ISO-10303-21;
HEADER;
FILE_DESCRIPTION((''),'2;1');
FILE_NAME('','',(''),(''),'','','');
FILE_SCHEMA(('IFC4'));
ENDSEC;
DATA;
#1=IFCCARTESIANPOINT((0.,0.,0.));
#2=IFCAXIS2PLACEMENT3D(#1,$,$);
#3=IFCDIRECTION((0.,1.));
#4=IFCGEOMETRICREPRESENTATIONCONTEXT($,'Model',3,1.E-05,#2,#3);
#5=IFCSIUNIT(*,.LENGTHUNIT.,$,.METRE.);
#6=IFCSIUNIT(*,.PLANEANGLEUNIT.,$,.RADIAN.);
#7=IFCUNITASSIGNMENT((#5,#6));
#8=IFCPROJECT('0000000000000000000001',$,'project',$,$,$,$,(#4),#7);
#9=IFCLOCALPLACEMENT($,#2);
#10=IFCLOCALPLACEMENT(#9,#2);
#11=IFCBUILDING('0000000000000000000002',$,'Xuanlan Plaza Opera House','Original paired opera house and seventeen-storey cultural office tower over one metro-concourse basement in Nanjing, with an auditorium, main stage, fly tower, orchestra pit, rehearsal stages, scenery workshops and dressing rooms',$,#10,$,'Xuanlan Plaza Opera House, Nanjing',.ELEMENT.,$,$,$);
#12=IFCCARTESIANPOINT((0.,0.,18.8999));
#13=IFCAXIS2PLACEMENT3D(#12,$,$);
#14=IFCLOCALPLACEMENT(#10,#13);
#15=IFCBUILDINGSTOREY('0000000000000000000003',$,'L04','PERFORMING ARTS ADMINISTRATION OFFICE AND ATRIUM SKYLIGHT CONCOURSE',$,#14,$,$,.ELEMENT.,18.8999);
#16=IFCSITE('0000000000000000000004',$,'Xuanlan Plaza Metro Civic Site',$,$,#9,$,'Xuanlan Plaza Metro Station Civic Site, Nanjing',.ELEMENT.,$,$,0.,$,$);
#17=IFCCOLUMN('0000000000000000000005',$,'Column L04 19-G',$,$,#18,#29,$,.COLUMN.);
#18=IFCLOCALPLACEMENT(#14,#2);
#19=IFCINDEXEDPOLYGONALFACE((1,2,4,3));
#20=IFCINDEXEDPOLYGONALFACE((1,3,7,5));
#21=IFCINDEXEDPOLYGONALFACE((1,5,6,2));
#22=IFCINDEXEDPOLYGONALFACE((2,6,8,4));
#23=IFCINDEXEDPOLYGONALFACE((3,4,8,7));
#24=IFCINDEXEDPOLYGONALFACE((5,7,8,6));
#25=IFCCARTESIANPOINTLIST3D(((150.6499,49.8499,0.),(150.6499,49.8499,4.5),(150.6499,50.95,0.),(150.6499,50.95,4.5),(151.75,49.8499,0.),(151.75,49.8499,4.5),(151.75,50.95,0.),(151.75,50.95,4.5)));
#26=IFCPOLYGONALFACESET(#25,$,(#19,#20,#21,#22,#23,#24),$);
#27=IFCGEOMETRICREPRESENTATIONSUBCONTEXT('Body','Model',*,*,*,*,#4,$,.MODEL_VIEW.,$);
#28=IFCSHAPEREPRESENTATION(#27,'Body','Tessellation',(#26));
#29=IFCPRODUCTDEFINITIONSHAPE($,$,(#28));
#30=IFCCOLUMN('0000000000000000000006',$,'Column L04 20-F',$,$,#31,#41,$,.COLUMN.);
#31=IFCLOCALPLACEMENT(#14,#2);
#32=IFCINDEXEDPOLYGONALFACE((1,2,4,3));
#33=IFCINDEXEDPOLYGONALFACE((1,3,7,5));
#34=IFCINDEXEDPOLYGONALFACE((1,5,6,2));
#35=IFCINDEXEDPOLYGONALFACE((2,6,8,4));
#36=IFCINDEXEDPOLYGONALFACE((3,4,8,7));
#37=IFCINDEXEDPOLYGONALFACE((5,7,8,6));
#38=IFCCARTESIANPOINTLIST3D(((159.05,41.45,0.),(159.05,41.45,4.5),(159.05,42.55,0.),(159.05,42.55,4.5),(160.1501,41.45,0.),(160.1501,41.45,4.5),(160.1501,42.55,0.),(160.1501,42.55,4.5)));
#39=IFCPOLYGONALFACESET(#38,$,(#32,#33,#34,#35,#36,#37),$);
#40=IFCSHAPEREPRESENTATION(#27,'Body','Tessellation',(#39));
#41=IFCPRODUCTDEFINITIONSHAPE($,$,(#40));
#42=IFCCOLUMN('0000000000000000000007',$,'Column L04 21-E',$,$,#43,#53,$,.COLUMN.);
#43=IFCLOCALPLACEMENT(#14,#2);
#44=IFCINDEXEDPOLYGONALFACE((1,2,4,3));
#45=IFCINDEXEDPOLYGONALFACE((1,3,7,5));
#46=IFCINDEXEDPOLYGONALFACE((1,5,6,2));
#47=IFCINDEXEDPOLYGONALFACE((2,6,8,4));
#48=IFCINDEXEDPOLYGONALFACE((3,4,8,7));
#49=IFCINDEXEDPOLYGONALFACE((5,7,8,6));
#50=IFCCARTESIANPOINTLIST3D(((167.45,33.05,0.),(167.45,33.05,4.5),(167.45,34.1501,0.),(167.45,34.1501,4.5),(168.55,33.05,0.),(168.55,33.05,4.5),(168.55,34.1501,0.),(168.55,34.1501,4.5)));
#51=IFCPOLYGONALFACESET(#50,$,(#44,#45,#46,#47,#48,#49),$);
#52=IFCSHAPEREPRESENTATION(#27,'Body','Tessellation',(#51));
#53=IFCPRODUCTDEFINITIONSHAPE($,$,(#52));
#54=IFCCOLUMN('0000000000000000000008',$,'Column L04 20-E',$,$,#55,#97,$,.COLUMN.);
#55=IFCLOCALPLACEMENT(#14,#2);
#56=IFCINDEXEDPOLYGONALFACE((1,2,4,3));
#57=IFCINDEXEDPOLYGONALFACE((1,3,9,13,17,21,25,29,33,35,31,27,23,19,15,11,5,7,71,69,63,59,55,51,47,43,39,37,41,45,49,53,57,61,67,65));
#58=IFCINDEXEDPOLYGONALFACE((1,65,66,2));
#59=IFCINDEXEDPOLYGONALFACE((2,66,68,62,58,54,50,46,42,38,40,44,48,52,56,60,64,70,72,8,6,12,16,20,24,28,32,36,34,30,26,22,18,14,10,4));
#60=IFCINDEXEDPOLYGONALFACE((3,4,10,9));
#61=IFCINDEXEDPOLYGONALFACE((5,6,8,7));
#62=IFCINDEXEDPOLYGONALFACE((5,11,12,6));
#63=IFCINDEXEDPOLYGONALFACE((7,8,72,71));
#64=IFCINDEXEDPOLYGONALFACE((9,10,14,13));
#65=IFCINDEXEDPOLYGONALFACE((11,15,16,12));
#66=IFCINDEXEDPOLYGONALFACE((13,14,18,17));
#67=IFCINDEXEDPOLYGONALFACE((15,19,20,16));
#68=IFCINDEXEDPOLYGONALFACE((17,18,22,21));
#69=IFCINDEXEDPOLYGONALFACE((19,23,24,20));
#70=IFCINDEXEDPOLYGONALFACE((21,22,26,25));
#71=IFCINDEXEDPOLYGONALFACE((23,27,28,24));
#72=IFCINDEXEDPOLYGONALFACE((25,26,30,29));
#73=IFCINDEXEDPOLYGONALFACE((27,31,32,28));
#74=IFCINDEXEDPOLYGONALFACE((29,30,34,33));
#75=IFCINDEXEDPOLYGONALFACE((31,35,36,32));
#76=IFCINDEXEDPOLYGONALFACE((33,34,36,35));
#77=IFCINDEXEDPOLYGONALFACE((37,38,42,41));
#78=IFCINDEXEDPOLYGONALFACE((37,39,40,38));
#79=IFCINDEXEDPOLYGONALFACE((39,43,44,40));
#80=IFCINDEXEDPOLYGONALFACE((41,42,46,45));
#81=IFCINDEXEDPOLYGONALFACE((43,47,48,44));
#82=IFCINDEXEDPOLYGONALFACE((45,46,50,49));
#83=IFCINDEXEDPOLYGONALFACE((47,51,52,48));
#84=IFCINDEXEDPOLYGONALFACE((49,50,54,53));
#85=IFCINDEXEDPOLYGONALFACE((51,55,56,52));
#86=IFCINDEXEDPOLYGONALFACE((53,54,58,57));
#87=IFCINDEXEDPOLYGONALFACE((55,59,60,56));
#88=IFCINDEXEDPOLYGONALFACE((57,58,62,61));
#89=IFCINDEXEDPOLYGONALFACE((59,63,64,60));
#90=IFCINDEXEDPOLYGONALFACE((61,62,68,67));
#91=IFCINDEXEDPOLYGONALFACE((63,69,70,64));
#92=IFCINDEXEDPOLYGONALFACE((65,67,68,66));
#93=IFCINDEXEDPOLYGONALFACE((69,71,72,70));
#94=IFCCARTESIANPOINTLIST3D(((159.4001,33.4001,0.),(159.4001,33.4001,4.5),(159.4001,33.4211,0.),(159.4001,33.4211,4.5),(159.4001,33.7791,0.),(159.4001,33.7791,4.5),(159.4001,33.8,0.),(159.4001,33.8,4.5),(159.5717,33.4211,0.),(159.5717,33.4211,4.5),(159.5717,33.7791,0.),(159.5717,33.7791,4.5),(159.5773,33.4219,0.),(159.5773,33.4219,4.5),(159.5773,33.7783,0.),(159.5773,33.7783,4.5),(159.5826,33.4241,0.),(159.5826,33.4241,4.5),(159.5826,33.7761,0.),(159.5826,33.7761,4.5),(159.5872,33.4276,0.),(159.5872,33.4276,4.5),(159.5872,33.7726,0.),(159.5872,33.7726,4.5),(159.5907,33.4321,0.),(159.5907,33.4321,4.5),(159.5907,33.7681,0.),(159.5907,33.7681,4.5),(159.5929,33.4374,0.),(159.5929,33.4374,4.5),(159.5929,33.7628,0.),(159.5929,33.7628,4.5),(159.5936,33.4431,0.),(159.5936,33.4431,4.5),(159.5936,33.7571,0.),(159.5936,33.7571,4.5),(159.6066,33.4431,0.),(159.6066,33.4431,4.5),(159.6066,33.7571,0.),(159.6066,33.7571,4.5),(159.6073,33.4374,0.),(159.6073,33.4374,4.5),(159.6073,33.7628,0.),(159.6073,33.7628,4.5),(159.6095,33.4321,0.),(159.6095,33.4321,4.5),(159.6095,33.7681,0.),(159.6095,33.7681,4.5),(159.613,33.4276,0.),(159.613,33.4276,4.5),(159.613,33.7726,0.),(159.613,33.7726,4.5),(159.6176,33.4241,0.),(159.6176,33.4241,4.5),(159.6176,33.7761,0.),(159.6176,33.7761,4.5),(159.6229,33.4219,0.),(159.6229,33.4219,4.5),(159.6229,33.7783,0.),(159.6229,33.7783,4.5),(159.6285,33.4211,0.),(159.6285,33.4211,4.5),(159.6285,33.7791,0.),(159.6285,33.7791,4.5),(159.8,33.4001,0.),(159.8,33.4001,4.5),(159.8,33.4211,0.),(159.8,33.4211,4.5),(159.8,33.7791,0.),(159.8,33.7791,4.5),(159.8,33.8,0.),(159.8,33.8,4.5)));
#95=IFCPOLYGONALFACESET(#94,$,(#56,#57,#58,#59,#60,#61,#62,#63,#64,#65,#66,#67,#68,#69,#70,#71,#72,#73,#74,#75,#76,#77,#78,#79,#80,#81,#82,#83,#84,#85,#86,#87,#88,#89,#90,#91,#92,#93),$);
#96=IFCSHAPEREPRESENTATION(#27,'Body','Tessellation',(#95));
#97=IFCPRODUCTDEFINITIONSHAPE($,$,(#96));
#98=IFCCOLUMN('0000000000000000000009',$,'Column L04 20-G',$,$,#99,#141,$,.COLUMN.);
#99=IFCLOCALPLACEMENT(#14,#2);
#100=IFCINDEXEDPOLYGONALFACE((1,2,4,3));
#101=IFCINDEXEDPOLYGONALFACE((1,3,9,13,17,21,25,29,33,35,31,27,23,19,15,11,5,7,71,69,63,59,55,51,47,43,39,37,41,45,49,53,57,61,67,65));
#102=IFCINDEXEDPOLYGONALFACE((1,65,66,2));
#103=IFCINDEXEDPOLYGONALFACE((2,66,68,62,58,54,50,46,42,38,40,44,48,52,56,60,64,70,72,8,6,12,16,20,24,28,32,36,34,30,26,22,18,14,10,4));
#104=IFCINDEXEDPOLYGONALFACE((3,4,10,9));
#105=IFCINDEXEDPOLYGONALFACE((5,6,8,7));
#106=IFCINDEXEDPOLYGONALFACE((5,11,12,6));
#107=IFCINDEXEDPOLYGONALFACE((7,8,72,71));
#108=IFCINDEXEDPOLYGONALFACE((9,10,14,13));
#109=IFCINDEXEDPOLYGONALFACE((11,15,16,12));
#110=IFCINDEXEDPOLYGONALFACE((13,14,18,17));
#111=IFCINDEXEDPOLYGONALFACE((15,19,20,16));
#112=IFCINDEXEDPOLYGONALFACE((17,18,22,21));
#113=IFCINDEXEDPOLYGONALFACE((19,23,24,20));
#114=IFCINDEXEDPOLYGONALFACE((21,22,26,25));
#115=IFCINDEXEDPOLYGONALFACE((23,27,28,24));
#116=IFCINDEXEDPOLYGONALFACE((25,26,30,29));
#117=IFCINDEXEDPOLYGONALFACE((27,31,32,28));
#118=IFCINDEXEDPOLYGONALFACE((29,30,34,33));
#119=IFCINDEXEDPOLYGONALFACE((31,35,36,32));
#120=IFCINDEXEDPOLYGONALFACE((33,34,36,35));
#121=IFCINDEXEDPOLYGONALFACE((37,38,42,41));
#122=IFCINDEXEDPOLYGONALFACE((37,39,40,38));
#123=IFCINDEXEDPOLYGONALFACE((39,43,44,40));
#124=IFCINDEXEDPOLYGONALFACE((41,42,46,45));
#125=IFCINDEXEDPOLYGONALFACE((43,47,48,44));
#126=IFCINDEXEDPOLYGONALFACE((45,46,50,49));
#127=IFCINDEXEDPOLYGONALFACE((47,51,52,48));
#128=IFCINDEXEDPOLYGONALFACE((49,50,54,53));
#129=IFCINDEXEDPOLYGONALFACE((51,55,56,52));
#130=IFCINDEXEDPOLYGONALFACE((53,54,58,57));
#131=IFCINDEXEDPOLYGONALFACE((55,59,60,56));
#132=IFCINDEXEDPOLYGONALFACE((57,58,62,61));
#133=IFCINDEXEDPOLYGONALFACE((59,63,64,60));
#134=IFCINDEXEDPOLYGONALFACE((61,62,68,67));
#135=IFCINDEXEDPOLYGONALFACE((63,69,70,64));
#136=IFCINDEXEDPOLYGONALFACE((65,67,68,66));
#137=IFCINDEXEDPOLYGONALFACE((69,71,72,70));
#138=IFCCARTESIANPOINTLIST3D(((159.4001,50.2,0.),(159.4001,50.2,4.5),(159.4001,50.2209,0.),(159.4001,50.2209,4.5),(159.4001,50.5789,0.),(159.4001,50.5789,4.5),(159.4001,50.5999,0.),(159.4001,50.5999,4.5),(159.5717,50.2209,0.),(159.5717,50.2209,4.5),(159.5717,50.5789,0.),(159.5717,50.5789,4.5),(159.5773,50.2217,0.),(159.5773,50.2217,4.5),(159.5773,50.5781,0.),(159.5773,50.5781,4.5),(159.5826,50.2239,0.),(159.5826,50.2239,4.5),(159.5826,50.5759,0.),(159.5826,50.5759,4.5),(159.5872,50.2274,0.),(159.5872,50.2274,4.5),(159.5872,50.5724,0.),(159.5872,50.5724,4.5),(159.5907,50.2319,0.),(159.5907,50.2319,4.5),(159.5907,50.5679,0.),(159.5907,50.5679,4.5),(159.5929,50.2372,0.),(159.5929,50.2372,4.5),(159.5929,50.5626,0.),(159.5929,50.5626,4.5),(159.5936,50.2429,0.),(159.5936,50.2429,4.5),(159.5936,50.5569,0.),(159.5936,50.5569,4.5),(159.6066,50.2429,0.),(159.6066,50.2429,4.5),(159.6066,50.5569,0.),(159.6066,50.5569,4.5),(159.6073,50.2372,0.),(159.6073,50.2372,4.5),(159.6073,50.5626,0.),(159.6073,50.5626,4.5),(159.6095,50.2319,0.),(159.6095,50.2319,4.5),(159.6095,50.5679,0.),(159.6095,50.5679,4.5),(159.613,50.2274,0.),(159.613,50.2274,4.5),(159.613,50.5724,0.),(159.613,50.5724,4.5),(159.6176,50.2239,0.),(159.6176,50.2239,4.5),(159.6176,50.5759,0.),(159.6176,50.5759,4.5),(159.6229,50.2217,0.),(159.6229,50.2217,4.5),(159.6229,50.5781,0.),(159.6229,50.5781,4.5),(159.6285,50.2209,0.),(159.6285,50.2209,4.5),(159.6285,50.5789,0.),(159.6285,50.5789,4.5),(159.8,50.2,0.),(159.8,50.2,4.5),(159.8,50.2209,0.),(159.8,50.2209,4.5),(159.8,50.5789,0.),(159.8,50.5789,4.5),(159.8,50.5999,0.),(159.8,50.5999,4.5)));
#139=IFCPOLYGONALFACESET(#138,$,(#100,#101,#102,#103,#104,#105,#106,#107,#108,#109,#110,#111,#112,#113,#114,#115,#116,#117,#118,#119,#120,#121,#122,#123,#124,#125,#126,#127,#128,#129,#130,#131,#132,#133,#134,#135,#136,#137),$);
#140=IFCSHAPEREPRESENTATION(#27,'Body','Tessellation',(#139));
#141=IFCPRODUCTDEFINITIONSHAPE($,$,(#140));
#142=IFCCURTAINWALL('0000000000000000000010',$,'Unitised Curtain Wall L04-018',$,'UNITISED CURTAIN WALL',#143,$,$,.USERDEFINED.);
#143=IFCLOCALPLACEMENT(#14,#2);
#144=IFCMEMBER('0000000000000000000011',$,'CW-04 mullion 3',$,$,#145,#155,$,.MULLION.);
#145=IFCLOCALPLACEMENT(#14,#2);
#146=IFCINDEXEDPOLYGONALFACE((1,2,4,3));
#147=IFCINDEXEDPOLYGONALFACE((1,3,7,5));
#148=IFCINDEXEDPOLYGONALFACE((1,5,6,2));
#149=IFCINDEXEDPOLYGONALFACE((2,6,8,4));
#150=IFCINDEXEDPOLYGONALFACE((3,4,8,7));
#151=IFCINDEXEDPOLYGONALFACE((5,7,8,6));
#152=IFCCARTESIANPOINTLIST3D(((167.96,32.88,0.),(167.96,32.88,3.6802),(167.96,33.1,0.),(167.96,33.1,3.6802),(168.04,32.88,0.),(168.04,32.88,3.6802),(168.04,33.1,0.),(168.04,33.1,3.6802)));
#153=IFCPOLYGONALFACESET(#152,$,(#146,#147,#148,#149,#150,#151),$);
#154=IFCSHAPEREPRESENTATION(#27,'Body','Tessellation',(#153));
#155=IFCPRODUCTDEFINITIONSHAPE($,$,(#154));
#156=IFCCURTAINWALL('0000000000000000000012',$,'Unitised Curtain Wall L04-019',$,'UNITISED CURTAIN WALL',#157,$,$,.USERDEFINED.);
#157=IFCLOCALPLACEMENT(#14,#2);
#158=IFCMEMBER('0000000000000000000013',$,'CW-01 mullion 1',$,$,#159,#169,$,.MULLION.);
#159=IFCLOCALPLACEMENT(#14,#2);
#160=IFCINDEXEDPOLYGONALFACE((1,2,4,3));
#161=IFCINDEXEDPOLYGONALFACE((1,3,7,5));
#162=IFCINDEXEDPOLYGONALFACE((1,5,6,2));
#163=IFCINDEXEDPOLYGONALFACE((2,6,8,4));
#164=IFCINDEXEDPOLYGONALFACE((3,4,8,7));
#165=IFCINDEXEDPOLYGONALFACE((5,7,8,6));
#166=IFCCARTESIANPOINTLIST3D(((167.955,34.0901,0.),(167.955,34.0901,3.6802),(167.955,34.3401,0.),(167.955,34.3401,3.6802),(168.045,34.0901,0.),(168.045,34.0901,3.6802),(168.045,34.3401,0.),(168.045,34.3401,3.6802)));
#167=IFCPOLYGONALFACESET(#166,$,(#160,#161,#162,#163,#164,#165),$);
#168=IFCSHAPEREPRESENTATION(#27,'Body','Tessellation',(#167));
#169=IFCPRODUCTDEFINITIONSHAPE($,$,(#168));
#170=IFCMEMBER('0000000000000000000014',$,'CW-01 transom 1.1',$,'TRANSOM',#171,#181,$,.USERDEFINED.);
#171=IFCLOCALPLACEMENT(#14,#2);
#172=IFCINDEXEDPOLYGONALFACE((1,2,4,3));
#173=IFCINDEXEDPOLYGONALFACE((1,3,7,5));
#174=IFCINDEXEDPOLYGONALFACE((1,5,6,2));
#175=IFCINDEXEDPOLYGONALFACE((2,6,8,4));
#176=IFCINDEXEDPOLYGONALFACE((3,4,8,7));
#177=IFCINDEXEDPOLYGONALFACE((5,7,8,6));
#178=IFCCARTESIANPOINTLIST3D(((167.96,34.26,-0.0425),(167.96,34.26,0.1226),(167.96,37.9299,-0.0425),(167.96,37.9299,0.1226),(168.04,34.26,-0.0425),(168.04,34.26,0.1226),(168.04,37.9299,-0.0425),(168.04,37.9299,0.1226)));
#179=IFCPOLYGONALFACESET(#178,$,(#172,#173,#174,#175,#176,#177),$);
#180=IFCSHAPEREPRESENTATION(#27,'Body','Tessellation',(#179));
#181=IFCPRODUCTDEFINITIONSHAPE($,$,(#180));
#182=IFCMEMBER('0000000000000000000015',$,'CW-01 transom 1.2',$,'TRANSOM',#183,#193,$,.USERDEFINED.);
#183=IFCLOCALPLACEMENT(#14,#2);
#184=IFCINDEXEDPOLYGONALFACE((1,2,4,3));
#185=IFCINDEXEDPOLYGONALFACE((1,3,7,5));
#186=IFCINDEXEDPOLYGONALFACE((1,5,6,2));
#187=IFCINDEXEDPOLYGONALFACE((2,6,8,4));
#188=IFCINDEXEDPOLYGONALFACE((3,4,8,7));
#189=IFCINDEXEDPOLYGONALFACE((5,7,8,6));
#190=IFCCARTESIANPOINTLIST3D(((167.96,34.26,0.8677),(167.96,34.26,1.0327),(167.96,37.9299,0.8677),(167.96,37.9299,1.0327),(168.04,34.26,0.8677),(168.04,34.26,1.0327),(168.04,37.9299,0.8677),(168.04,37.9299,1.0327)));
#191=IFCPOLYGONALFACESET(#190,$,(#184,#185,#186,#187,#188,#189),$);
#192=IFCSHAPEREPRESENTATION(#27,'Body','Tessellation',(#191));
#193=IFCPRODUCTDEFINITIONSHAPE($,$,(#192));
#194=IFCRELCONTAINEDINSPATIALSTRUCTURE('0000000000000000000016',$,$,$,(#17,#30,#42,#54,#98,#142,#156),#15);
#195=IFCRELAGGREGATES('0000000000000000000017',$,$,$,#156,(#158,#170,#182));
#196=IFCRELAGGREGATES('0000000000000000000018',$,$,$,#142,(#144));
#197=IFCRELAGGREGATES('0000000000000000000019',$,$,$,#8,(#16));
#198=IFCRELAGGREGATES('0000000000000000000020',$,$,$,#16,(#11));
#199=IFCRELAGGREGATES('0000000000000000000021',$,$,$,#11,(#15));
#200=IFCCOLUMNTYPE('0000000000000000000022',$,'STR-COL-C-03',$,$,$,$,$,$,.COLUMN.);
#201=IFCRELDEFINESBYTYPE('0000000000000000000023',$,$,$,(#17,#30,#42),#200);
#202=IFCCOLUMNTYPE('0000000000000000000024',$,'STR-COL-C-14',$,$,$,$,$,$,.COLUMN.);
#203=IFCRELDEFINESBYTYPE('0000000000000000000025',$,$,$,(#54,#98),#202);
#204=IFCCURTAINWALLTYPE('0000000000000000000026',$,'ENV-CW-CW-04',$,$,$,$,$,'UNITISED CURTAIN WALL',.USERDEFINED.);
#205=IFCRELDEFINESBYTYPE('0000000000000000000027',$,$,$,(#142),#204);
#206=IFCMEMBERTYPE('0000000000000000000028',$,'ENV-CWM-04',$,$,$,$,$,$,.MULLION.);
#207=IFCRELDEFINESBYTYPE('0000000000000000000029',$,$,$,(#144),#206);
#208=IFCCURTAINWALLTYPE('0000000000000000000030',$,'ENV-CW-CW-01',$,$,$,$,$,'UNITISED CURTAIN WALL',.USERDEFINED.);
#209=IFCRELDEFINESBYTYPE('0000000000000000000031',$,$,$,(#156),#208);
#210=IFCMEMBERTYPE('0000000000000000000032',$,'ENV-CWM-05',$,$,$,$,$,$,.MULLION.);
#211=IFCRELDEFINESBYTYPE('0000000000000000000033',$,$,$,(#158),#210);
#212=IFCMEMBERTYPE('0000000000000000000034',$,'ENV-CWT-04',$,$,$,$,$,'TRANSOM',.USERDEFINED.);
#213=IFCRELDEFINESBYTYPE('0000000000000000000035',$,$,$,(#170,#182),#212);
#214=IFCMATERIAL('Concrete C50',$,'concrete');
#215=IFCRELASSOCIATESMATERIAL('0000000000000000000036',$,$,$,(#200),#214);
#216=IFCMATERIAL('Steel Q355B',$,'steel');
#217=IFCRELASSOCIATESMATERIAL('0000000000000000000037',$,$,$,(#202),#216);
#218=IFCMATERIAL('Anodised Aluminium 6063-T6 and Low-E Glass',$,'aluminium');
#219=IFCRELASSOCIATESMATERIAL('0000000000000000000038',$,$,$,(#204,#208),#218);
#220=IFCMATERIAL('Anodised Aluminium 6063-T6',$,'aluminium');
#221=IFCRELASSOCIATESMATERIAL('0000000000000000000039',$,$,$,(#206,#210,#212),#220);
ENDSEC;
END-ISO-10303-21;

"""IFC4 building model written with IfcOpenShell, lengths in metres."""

from ifc_helpers import new_model, si_unit, direction, frame, origin, origin_2d, place, context, subcontext, project, spatial, rectangle, i_section, extrude, material, material_profile, profile_set, type_object, element, aggregate, save


model = new_model("IFC4")

# Units and contexts
model_context = context("Model", 3, precision=1e-05, world=origin(), true_north=direction((0.0, 1.0)))
body_context = subcontext(model_context, "Body", "Model", "MODEL_VIEW")
ifc_project = project(units=[si_unit("LENGTHUNIT", "METRE"), si_unit("PLANEANGLEUNIT", "RADIAN")], contexts=[model_context])

# Site, building, storey
site_placement = place(None, origin())
site = spatial("IfcSite", under=ifc_project, at=site_placement, Name="Xuanlan Plaza Metro Civic Site", LongName="Xuanlan Plaza Metro Station Civic Site, Nanjing", CompositionType="ELEMENT", RefElevation=0.0)
building_placement = place(site_placement, origin())
building = spatial("IfcBuilding", under=site, at=building_placement, Name="Xuanlan Plaza Opera House", Description="Original paired opera house and seventeen-storey cultural office tower over one metro-concourse basement in Nanjing, with an auditorium, main stage, fly tower, orchestra pit, rehearsal stages, scenery workshops and dressing rooms", LongName="Xuanlan Plaza Opera House, Nanjing", CompositionType="ELEMENT")
storey_placement = place(building_placement, frame((0.0, 0.0, 18.8999)))
storey = spatial("IfcBuildingStorey", under=building, at=storey_placement, Name="L04", Description="PERFORMING ARTS ADMINISTRATION OFFICE AND ATRIUM SKYLIGHT CONCOURSE", CompositionType="ELEMENT", Elevation=18.8999)

# Columns
ifc_material_1 = material(Name="Concrete C50", Category="concrete")
ifc_material_profile_1 = material_profile(ifc_material_1, rectangle(XDim=1.1001, YDim=1.1001, at=origin_2d()), Name="RC-COL 1100x1100")
ifc_profile_set_1 = profile_set([ifc_material_profile_1], Name="Concrete C50")
column_type_1 = type_object("IfcColumnType", Name="STR-COL-C-03", PredefinedType="COLUMN", material=ifc_profile_set_1)
for number, where, z_axis, x_axis, name in (
    (1, (151.2, 50.3999, 0.0), (0.0, 0.0, 1.0), (1.0, 0.0, 0.0), "Column L04 19-G"),
    (2, (159.6001, 42.0, 0.0), (0.0, 0.0, 1.0), (1.0, 0.0, 0.0), "Column L04 20-F"),
    (3, (168.0, 33.6001, 0.0), (0.0, 0.0, 1.0), (1.0, 0.0, 0.0), "Column L04 21-E"),
):
    element("IfcColumn", number, at=place(storey_placement, frame(where, z_axis=z_axis, x_axis=x_axis)), inside=storey, type_object=column_type_1, Name=name, PredefinedType="COLUMN", context=body_context, shape_type="SweptSolid", body=[
        extrude(rectangle(XDim=1.1001, YDim=1.1001, at=origin_2d()), origin(), (0.0, 0.0, 1.0), 4.5),
    ])
ifc_material_2 = material(Name="Steel Q355B", Category="steel")
ifc_material_profile_2 = material_profile(ifc_material_2, i_section(OverallWidth=0.3999, OverallDepth=0.3999, WebThickness=0.0129, FlangeThickness=0.021, FilletRadius=0.022, at=origin_2d()), Name="HW 400x400x13x21")
ifc_profile_set_2 = profile_set([ifc_material_profile_2], Name="Steel Q355B")
column_type_2 = type_object("IfcColumnType", Name="STR-COL-C-14", PredefinedType="COLUMN", material=ifc_profile_set_2)
for number, where, z_axis, x_axis, name in (
    (4, (159.6001, 33.6001, 0.0), (0.0, 0.0, 1.0), (1.0, 0.0, 0.0), "Column L04 20-E"),
    (5, (159.6001, 50.3999, 0.0), (0.0, 0.0, 1.0), (1.0, 0.0, 0.0), "Column L04 20-G"),
):
    element("IfcColumn", number, at=place(storey_placement, frame(where, z_axis=z_axis, x_axis=x_axis)), inside=storey, type_object=column_type_2, Name=name, PredefinedType="COLUMN", context=body_context, shape_type="SweptSolid", body=[
        extrude(i_section(OverallWidth=0.3999, OverallDepth=0.3999, WebThickness=0.0129, FlangeThickness=0.021, FilletRadius=0.022, at=origin_2d()), origin(), (0.0, 0.0, 1.0), 4.5),
    ])

# Curtain wall, member
ifc_material_3 = material(Name="Anodised Aluminium 6063-T6 and Low-E Glass", Category="aluminium")
curtain_wall_type_1 = type_object("IfcCurtainWallType", Name="ENV-CW-CW-04", ElementType="UNITISED CURTAIN WALL", PredefinedType="USERDEFINED", material=ifc_material_3)
curtain_wall_1_placement = place(storey_placement, origin())
curtain_wall_1 = element("IfcCurtainWall", 6, at=curtain_wall_1_placement, inside=storey, type_object=curtain_wall_type_1, Name="Unitised Curtain Wall L04-018", ObjectType="UNITISED CURTAIN WALL", PredefinedType="USERDEFINED")
ifc_material_4 = material(Name="Anodised Aluminium 6063-T6", Category="aluminium")
ifc_material_profile_3 = material_profile(ifc_material_4, rectangle(XDim=0.0801, YDim=0.22, at=origin_2d()), Name="ALU-M 80x220")
ifc_profile_set_3 = profile_set([ifc_material_profile_3], Name="Anodised Aluminium 6063-T6")
member_type_1 = type_object("IfcMemberType", Name="ENV-CWM-04", PredefinedType="MULLION", material=ifc_profile_set_3)
member_1_placement = place(storey_placement, frame((168.0, 32.99, 0.0), z_axis=(0.0, 0.0, 1.0), x_axis=(-1.0, 0.0, 0.0)))
member_1 = element("IfcMember", 7, at=member_1_placement, type_object=member_type_1, Name="CW-04 mullion 3", PredefinedType="MULLION", context=body_context, shape_type="SweptSolid", body=[
    extrude(rectangle(XDim=0.0801, YDim=0.22, at=origin_2d()), origin(), (0.0, 0.0, 1.0), 3.6802),
])

# Curtain wall, members
curtain_wall_type_2 = type_object("IfcCurtainWallType", Name="ENV-CW-CW-01", ElementType="UNITISED CURTAIN WALL", PredefinedType="USERDEFINED", material=ifc_material_3)
curtain_wall_2_placement = place(storey_placement, origin())
curtain_wall_2 = element("IfcCurtainWall", 8, at=curtain_wall_2_placement, inside=storey, type_object=curtain_wall_type_2, Name="Unitised Curtain Wall L04-019", ObjectType="UNITISED CURTAIN WALL", PredefinedType="USERDEFINED")
ifc_material_profile_4 = material_profile(ifc_material_4, rectangle(XDim=0.0901, YDim=0.25, at=origin_2d()), Name="ALU-M 90x250")
ifc_profile_set_4 = profile_set([ifc_material_profile_4], Name="Anodised Aluminium 6063-T6")
member_type_2 = type_object("IfcMemberType", Name="ENV-CWM-05", PredefinedType="MULLION", material=ifc_profile_set_4)
member_2_placement = place(storey_placement, frame((168.0, 34.2151, 0.0), z_axis=(0.0, 0.0, 1.0), x_axis=(-1.0, 0.0, 0.0)))
member_2 = element("IfcMember", 9, at=member_2_placement, type_object=member_type_2, Name="CW-01 mullion 1", PredefinedType="MULLION", context=body_context, shape_type="SweptSolid", body=[
    extrude(rectangle(XDim=0.0901, YDim=0.25, at=origin_2d()), origin(), (0.0, 0.0, 1.0), 3.6802),
])
ifc_material_profile_5 = material_profile(ifc_material_4, rectangle(XDim=0.0801, YDim=0.165, at=origin_2d()), Name="ALU-T 80x165")
ifc_profile_set_5 = profile_set([ifc_material_profile_5], Name="Anodised Aluminium 6063-T6")
member_type_3 = type_object("IfcMemberType", Name="ENV-CWT-04", ElementType="TRANSOM", PredefinedType="USERDEFINED", material=ifc_profile_set_5)
member_3_placement = place(storey_placement, frame((168.0, 34.26, 0.04), z_axis=(0.0, 1.0, 0.0), x_axis=(-1.0, 0.0, 0.0)))
member_3 = element("IfcMember", 10, at=member_3_placement, type_object=member_type_3, Name="CW-01 transom 1.1", ObjectType="TRANSOM", PredefinedType="USERDEFINED", context=body_context, shape_type="SweptSolid", body=[
    extrude(rectangle(XDim=0.0801, YDim=0.165, at=origin_2d()), origin(), (0.0, 0.0, 1.0), 3.6699),
])
member_4_placement = place(storey_placement, frame((168.0, 34.26, 0.9502), z_axis=(0.0, 1.0, 0.0), x_axis=(-1.0, 0.0, 0.0)))
member_4 = element("IfcMember", 11, at=member_4_placement, type_object=member_type_3, Name="CW-01 transom 1.2", ObjectType="TRANSOM", PredefinedType="USERDEFINED", context=body_context, shape_type="SweptSolid", body=[
    extrude(rectangle(XDim=0.0801, YDim=0.165, at=origin_2d()), origin(), (0.0, 0.0, 1.0), 3.6699),
])
aggregate(curtain_wall_2, [member_2, member_3, member_4])

aggregate(curtain_wall_1, [member_1])

save(model, "model.ifc")
